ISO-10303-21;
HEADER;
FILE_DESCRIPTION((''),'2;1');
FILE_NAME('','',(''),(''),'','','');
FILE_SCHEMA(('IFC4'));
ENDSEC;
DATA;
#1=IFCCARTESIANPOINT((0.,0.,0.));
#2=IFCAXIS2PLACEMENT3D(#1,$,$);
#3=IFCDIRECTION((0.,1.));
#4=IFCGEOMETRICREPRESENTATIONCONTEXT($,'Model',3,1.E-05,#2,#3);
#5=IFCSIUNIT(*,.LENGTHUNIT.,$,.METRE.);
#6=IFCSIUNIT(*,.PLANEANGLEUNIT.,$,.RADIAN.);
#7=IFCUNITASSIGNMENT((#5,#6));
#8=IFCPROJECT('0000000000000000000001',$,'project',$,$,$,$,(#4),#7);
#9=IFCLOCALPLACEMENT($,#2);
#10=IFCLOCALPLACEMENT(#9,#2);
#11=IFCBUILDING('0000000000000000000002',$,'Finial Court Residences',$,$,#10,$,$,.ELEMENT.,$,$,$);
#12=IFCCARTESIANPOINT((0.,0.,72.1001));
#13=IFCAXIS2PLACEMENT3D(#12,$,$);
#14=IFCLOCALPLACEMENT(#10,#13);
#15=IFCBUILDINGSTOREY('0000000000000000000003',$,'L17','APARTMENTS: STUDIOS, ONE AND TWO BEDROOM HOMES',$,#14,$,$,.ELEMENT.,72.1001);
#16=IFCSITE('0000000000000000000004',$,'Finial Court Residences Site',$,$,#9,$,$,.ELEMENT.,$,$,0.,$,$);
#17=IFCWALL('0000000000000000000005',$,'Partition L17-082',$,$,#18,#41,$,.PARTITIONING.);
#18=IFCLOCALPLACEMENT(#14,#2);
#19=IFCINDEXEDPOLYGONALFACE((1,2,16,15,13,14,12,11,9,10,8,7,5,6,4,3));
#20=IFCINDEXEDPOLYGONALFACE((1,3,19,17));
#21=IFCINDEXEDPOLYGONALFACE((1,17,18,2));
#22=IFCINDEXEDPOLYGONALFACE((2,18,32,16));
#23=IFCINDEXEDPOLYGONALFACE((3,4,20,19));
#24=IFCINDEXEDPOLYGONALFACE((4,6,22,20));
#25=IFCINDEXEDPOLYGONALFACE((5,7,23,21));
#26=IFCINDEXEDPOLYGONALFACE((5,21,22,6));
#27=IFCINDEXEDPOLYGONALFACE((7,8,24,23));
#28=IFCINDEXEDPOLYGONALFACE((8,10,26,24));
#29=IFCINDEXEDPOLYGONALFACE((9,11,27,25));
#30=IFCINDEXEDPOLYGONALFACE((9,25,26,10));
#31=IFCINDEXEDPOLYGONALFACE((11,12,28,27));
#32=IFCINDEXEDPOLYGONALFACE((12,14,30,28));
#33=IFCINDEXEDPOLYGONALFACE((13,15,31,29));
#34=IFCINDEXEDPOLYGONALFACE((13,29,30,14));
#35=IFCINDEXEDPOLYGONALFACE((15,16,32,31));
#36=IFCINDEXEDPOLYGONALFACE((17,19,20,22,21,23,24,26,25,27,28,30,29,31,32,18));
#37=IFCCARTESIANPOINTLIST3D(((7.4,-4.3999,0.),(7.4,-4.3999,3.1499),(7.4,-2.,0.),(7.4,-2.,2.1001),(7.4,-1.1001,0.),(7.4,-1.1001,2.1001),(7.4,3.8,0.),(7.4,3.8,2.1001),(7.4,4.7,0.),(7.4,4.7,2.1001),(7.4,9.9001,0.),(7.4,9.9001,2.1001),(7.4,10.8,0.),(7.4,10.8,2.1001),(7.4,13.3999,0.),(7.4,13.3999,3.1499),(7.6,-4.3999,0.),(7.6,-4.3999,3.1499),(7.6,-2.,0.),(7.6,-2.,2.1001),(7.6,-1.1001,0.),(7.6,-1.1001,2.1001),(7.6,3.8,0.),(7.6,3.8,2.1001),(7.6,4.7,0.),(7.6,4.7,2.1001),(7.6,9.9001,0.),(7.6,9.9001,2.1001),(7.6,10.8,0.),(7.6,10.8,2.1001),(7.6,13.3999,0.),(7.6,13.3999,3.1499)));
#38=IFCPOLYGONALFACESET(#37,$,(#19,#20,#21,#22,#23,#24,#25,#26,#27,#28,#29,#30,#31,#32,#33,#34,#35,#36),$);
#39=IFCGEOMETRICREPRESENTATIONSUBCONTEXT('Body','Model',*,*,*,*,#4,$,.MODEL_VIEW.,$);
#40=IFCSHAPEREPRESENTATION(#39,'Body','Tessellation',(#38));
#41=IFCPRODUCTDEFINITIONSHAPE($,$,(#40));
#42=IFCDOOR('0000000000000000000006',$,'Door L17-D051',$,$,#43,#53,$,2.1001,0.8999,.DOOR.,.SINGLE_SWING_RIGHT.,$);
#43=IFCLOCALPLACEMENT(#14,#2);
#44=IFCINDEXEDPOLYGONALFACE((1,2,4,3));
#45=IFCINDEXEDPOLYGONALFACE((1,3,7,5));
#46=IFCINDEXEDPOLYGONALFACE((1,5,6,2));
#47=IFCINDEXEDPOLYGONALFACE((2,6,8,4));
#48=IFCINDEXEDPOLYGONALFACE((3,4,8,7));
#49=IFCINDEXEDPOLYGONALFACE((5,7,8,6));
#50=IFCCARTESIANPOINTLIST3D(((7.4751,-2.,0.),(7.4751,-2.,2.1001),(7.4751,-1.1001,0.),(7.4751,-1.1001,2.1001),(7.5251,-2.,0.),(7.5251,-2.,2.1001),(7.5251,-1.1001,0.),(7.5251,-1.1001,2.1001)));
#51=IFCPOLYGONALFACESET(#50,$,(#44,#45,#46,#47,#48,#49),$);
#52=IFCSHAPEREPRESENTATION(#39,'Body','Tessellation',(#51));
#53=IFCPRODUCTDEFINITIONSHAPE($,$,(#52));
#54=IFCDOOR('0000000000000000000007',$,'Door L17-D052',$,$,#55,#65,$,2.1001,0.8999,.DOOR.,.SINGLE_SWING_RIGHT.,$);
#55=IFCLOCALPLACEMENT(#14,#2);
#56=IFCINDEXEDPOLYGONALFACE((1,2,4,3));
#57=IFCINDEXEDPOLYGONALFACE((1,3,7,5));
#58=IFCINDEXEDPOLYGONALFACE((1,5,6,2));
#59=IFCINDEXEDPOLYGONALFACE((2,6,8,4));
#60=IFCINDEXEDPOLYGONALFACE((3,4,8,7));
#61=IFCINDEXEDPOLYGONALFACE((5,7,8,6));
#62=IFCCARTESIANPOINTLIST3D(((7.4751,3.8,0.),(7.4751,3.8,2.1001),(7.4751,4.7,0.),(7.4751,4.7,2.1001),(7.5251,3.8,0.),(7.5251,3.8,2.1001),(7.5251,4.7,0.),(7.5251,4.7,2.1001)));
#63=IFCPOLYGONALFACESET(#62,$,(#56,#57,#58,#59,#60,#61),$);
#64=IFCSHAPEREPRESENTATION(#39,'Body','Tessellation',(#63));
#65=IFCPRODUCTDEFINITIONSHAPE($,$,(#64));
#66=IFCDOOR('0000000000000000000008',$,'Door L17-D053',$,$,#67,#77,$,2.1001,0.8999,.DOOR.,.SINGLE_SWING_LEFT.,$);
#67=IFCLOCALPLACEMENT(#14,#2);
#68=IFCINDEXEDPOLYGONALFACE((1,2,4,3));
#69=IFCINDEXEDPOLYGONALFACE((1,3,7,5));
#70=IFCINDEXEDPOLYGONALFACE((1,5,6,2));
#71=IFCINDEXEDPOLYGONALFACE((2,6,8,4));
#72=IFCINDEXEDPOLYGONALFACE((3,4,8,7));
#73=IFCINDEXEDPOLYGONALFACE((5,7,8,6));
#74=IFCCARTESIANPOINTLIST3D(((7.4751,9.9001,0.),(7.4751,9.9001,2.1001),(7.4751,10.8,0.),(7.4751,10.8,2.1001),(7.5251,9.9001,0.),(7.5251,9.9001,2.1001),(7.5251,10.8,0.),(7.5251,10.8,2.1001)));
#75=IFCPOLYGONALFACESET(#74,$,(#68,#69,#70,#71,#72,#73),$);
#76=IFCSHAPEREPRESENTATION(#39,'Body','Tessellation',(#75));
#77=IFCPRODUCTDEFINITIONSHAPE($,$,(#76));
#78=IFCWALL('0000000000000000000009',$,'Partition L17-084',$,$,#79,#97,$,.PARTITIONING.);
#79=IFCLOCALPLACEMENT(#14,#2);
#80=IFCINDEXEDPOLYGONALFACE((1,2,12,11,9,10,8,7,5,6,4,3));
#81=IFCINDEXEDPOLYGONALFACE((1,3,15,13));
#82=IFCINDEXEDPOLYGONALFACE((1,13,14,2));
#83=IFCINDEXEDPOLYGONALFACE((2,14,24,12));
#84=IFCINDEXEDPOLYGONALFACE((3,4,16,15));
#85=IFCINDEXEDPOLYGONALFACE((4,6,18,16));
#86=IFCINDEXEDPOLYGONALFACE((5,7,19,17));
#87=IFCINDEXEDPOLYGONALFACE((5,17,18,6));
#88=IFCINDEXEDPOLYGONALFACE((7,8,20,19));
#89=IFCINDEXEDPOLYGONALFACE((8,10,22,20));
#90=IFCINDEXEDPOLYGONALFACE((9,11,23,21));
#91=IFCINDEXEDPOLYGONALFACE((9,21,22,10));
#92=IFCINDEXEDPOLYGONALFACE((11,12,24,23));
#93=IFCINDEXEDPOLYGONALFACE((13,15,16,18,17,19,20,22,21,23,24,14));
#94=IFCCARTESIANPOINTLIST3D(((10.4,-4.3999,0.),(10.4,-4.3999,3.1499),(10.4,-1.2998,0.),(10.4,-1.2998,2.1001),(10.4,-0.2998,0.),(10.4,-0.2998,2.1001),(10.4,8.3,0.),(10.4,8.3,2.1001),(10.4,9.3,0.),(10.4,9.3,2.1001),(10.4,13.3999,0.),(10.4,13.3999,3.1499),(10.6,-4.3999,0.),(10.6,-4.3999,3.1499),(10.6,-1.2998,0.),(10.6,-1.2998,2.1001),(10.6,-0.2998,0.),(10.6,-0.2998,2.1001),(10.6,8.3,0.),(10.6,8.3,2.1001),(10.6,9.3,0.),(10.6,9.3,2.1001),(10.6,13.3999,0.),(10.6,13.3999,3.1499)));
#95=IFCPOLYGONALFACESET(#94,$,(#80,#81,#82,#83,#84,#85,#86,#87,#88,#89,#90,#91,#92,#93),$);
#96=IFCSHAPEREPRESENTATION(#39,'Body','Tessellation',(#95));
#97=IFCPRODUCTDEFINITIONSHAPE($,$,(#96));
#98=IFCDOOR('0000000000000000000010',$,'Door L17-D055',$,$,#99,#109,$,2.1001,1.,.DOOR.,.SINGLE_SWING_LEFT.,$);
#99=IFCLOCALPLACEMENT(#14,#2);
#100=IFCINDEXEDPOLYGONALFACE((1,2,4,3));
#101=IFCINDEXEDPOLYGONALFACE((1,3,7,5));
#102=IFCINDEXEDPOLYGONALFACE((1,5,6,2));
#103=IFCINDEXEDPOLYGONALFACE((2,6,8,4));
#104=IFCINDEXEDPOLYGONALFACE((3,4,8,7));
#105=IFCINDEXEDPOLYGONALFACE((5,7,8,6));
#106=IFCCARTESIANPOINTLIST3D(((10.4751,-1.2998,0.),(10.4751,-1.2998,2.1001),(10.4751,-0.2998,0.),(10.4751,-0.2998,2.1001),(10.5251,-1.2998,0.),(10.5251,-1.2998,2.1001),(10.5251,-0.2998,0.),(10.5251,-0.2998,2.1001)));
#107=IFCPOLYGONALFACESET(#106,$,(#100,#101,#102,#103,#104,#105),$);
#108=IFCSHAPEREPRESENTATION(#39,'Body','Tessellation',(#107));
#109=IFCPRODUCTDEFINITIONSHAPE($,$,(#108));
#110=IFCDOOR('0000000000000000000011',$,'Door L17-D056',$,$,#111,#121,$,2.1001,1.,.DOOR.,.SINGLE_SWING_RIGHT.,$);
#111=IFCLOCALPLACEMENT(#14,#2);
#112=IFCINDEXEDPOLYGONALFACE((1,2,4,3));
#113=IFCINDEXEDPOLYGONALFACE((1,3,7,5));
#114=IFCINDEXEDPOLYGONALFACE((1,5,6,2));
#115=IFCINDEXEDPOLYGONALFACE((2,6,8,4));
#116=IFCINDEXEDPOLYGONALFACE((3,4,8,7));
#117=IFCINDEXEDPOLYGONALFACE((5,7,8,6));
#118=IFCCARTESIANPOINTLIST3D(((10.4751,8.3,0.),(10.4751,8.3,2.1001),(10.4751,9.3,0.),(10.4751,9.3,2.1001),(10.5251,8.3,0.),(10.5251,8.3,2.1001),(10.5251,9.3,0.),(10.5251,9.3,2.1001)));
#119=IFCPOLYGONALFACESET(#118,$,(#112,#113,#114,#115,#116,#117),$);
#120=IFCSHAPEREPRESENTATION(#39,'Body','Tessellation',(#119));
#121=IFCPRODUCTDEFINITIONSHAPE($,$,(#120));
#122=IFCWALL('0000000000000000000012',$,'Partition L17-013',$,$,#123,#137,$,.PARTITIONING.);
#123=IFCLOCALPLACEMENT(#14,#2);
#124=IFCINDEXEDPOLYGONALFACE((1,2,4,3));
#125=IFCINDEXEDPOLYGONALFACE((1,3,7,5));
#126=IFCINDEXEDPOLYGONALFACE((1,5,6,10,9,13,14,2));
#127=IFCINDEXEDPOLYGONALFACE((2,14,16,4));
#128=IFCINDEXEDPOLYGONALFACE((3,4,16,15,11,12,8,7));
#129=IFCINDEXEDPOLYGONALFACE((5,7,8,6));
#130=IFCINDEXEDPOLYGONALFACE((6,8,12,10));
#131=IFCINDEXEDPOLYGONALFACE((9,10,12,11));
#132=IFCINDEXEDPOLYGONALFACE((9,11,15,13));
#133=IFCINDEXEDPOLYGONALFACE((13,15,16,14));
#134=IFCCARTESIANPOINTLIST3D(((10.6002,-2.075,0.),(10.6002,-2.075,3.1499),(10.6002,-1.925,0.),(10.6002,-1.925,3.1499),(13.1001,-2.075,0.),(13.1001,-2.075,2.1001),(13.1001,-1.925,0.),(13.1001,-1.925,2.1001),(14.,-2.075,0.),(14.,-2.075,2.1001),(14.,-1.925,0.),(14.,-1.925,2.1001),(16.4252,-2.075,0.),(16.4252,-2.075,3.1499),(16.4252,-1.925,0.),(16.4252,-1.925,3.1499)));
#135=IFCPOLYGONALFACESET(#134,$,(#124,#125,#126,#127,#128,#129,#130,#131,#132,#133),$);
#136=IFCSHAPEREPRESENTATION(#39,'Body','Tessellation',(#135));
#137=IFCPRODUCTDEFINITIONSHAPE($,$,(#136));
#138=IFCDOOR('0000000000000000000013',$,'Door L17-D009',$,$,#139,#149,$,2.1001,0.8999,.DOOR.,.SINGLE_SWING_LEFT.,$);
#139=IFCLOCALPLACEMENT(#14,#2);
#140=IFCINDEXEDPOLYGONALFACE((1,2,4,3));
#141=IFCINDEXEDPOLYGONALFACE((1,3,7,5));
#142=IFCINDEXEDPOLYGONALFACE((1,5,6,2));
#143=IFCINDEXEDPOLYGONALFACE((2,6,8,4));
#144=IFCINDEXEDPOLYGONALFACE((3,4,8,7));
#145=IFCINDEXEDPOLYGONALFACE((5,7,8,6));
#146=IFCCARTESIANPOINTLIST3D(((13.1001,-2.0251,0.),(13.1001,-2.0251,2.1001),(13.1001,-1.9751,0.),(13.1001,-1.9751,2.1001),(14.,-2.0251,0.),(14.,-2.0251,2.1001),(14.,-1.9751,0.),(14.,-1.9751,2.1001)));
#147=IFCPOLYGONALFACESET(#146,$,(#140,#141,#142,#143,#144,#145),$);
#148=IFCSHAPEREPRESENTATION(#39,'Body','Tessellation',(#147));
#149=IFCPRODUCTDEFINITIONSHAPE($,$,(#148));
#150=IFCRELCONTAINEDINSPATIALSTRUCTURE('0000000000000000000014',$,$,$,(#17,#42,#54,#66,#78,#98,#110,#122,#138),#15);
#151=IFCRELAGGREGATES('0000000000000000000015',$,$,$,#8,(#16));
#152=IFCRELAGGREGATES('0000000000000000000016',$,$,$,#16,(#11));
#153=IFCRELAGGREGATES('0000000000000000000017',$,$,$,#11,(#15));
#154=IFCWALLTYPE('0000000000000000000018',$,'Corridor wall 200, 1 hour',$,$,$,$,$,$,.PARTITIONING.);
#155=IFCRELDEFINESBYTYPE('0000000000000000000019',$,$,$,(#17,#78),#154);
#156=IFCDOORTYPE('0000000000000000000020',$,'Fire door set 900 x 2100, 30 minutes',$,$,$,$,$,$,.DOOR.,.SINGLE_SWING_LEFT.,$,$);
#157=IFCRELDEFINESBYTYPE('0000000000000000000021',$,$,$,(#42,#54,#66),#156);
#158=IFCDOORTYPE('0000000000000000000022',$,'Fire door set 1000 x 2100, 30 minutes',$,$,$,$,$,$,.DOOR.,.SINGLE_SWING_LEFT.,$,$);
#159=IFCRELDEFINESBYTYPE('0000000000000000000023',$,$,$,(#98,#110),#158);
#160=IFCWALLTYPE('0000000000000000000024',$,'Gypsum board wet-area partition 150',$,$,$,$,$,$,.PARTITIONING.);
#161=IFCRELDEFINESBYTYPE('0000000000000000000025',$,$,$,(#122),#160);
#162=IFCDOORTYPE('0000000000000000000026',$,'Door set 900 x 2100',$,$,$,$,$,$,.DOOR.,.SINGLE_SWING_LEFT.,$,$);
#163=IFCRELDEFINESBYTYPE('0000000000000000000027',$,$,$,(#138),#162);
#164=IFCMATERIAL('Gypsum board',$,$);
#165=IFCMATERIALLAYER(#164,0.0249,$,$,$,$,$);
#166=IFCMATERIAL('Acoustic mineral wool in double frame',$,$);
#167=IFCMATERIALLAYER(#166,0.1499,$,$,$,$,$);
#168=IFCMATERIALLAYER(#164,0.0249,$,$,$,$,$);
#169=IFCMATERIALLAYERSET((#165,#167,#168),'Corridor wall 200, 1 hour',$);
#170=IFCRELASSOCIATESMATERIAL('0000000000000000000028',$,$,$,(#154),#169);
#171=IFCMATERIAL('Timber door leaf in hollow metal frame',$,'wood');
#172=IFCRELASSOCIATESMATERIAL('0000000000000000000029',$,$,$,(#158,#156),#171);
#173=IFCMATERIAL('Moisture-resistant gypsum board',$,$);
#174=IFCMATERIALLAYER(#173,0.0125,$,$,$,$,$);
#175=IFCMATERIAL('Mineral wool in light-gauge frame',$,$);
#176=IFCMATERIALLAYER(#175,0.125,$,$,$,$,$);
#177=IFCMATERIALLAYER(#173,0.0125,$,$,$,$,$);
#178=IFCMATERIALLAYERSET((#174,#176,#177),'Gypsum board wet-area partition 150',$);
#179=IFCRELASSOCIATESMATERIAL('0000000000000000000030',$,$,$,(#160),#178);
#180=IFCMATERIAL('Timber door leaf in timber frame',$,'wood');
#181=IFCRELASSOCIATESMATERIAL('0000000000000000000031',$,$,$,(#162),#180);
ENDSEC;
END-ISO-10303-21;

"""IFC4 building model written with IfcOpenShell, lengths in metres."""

from ifc_helpers import new_model, si_unit, direction, frame, frame_2d, origin, place, context, subcontext, project, spatial, rectangle, extrude, material, layer, layer_set, type_object, element, fill, save


model = new_model("IFC4")

# Units and contexts
model_context = context("Model", 3, precision=1e-05, world=origin(), true_north=direction((0.0, 1.0)))
body_context = subcontext(model_context, "Body", "Model", "MODEL_VIEW")
ifc_project = project(units=[si_unit("LENGTHUNIT", "METRE"), si_unit("PLANEANGLEUNIT", "RADIAN")], contexts=[model_context])

# Site, building, storey
site_placement = place(None, origin())
site = spatial("IfcSite", under=ifc_project, at=site_placement, Name="Finial Court Residences Site", CompositionType="ELEMENT", RefElevation=0.0)
building_placement = place(site_placement, origin())
building = spatial("IfcBuilding", under=site, at=building_placement, Name="Finial Court Residences", CompositionType="ELEMENT")
storey_placement = place(building_placement, frame((0.0, 0.0, 72.1001)))
storey = spatial("IfcBuildingStorey", under=building, at=storey_placement, Name="L17", Description="APARTMENTS: STUDIOS, ONE AND TWO BEDROOM HOMES", CompositionType="ELEMENT", Elevation=72.1001)

# Shared definitions
ifc_material_1 = material(Name="Gypsum board")
ifc_layer_1 = layer(ifc_material_1, 0.0249)
ifc_material_2 = material(Name="Acoustic mineral wool in double frame")
ifc_layer_2 = layer(ifc_material_2, 0.1499)
ifc_layer_3 = layer(ifc_material_1, 0.0249)
ifc_layer_set_1 = layer_set([ifc_layer_1, ifc_layer_2, ifc_layer_3], Name="Corridor wall 200, 1 hour")
wall_type_1 = type_object("IfcWallType", Name="Corridor wall 200, 1 hour", PredefinedType="PARTITIONING", material=ifc_layer_set_1)
ifc_material_3 = material(Name="Timber door leaf in hollow metal frame", Category="wood")
door_type_1 = type_object("IfcDoorType", Name="Fire door set 1000 x 2100, 30 minutes", OperationType="SINGLE_SWING_LEFT", PredefinedType="DOOR", material=ifc_material_3)

# Walls, openings, doors
wall_1_placement = place(storey_placement, frame((7.5, -4.3999, 0.0), z_axis=(0.0, 0.0, 1.0), x_axis=(0.0, 1.0, 0.0)))
wall_1 = element("IfcWall", 1, at=wall_1_placement, inside=storey, type_object=wall_type_1, Name="Partition L17-082", PredefinedType="PARTITIONING", context=body_context, shape_type="SweptSolid", body=[
    extrude(rectangle(XDim=17.7998, YDim=0.2, at=frame_2d((8.8999, 0.0))), origin(), (0.0, 0.0, 1.0), 3.1499),
])
opening_1_placement = place(wall_1_placement, frame((2.3999, 0.0, 0.0)))
opening_1 = element("IfcOpeningElement", 2, at=opening_1_placement, cuts=wall_1, PredefinedType="OPENING", context=body_context, shape_type="SweptSolid", body=[
    extrude(rectangle(XDim=0.8999, YDim=2.1001, at=frame_2d((0.45, 1.05))), frame((0.0, 0.1099, 0.0), z_axis=(0.0, -1.0, 0.0), x_axis=(1.0, 0.0, 0.0)), (0.0, 0.0, 1.0), 0.22),
])
opening_2_placement = place(wall_1_placement, frame((8.2, 0.0, 0.0)))
opening_2 = element("IfcOpeningElement", 3, at=opening_2_placement, cuts=wall_1, PredefinedType="OPENING", context=body_context, shape_type="SweptSolid", body=[
    extrude(rectangle(XDim=0.8999, YDim=2.1001, at=frame_2d((0.45, 1.05))), frame((0.0, 0.1099, 0.0), z_axis=(0.0, -1.0, 0.0), x_axis=(1.0, 0.0, 0.0)), (0.0, 0.0, 1.0), 0.22),
])
opening_3_placement = place(wall_1_placement, frame((14.3, 0.0, 0.0)))
opening_3 = element("IfcOpeningElement", 4, at=opening_3_placement, cuts=wall_1, PredefinedType="OPENING", context=body_context, shape_type="SweptSolid", body=[
    extrude(rectangle(XDim=0.8999, YDim=2.1001, at=frame_2d((0.45, 1.05))), frame((0.0, 0.1099, 0.0), z_axis=(0.0, -1.0, 0.0), x_axis=(1.0, 0.0, 0.0)), (0.0, 0.0, 1.0), 0.22),
])
door_type_2 = type_object("IfcDoorType", Name="Fire door set 900 x 2100, 30 minutes", OperationType="SINGLE_SWING_LEFT", PredefinedType="DOOR", material=ifc_material_3)
door_1_placement = place(opening_1_placement, origin())
door_1 = element("IfcDoor", 5, at=door_1_placement, inside=storey, type_object=door_type_2, Name="Door L17-D051", OperationType="SINGLE_SWING_RIGHT", OverallHeight=2.1001, OverallWidth=0.8999, PredefinedType="DOOR", context=body_context, shape_type="SweptSolid", body=[
    extrude(rectangle(XDim=0.8999, YDim=2.1001, at=frame_2d((0.45, 1.05))), frame((0.0, 0.0249, 0.0), z_axis=(0.0, -1.0, 0.0), x_axis=(1.0, 0.0, 0.0)), (0.0, 0.0, 1.0), 0.05),
])
fill(opening_1, door_1)
door_2_placement = place(opening_2_placement, origin())
door_2 = element("IfcDoor", 6, at=door_2_placement, inside=storey, type_object=door_type_2, Name="Door L17-D052", OperationType="SINGLE_SWING_RIGHT", OverallHeight=2.1001, OverallWidth=0.8999, PredefinedType="DOOR", context=body_context, shape_type="SweptSolid", body=[
    extrude(rectangle(XDim=0.8999, YDim=2.1001, at=frame_2d((0.45, 1.05))), frame((0.0, 0.0249, 0.0), z_axis=(0.0, -1.0, 0.0), x_axis=(1.0, 0.0, 0.0)), (0.0, 0.0, 1.0), 0.05),
])
fill(opening_2, door_2)
door_3_placement = place(opening_3_placement, origin())
door_3 = element("IfcDoor", 7, at=door_3_placement, inside=storey, type_object=door_type_2, Name="Door L17-D053", OperationType="SINGLE_SWING_LEFT", OverallHeight=2.1001, OverallWidth=0.8999, PredefinedType="DOOR", context=body_context, shape_type="SweptSolid", body=[
    extrude(rectangle(XDim=0.8999, YDim=2.1001, at=frame_2d((0.45, 1.05))), frame((0.0, 0.0249, 0.0), z_axis=(0.0, -1.0, 0.0), x_axis=(1.0, 0.0, 0.0)), (0.0, 0.0, 1.0), 0.05),
])
fill(opening_3, door_3)
wall_2_placement = place(storey_placement, frame((10.5, -4.3999, 0.0), z_axis=(0.0, 0.0, 1.0), x_axis=(0.0, 1.0, 0.0)))
wall_2 = element("IfcWall", 8, at=wall_2_placement, inside=storey, type_object=wall_type_1, Name="Partition L17-084", PredefinedType="PARTITIONING", context=body_context, shape_type="SweptSolid", body=[
    extrude(rectangle(XDim=17.7998, YDim=0.2, at=frame_2d((8.8999, 0.0))), origin(), (0.0, 0.0, 1.0), 3.1499),
])
opening_4_placement = place(wall_2_placement, frame((3.1001, 0.0, 0.0)))
opening_4 = element("IfcOpeningElement", 9, at=opening_4_placement, cuts=wall_2, PredefinedType="OPENING", context=body_context, shape_type="SweptSolid", body=[
    extrude(rectangle(XDim=1.0, YDim=2.1001, at=frame_2d((0.5, 1.05))), frame((0.0, 0.1099, 0.0), z_axis=(0.0, -1.0, 0.0), x_axis=(1.0, 0.0, 0.0)), (0.0, 0.0, 1.0), 0.22),
])
opening_5_placement = place(wall_2_placement, frame((12.7, 0.0, 0.0)))
opening_5 = element("IfcOpeningElement", 10, at=opening_5_placement, cuts=wall_2, PredefinedType="OPENING", context=body_context, shape_type="SweptSolid", body=[
    extrude(rectangle(XDim=1.0, YDim=2.1001, at=frame_2d((0.5, 1.05))), frame((0.0, 0.1099, 0.0), z_axis=(0.0, -1.0, 0.0), x_axis=(1.0, 0.0, 0.0)), (0.0, 0.0, 1.0), 0.22),
])
door_4_placement = place(opening_4_placement, origin())
door_4 = element("IfcDoor", 11, at=door_4_placement, inside=storey, type_object=door_type_1, Name="Door L17-D055", OperationType="SINGLE_SWING_LEFT", OverallHeight=2.1001, OverallWidth=1.0, PredefinedType="DOOR", context=body_context, shape_type="SweptSolid", body=[
    extrude(rectangle(XDim=1.0, YDim=2.1001, at=frame_2d((0.5, 1.05))), frame((0.0, 0.0249, 0.0), z_axis=(0.0, -1.0, 0.0), x_axis=(1.0, 0.0, 0.0)), (0.0, 0.0, 1.0), 0.05),
])
fill(opening_4, door_4)
door_5_placement = place(opening_5_placement, origin())
door_5 = element("IfcDoor", 12, at=door_5_placement, inside=storey, type_object=door_type_1, Name="Door L17-D056", OperationType="SINGLE_SWING_RIGHT", OverallHeight=2.1001, OverallWidth=1.0, PredefinedType="DOOR", context=body_context, shape_type="SweptSolid", body=[
    extrude(rectangle(XDim=1.0, YDim=2.1001, at=frame_2d((0.5, 1.05))), frame((0.0, 0.0249, 0.0), z_axis=(0.0, -1.0, 0.0), x_axis=(1.0, 0.0, 0.0)), (0.0, 0.0, 1.0), 0.05),
])
fill(opening_5, door_5)

# Wall, opening, door
ifc_material_4 = material(Name="Moisture-resistant gypsum board")
ifc_layer_4 = layer(ifc_material_4, 0.0125)
ifc_material_5 = material(Name="Mineral wool in light-gauge frame")
ifc_layer_5 = layer(ifc_material_5, 0.125)
ifc_layer_6 = layer(ifc_material_4, 0.0125)
ifc_layer_set_2 = layer_set([ifc_layer_4, ifc_layer_5, ifc_layer_6], Name="Gypsum board wet-area partition 150")
wall_type_2 = type_object("IfcWallType", Name="Gypsum board wet-area partition 150", PredefinedType="PARTITIONING", material=ifc_layer_set_2)
wall_3_placement = place(storey_placement, frame((10.6001, -2.0, 0.0), z_axis=(0.0, 0.0, 1.0), x_axis=(1.0, 0.0, 0.0)))
wall_3 = element("IfcWall", 13, at=wall_3_placement, inside=storey, type_object=wall_type_2, Name="Partition L17-013", PredefinedType="PARTITIONING", context=body_context, shape_type="SweptSolid", body=[
    extrude(rectangle(XDim=5.825, YDim=0.1499, at=frame_2d((2.9126, 0.0))), origin(), (0.0, 0.0, 1.0), 3.1499),
])
opening_6_placement = place(wall_3_placement, frame((2.5, 0.0, 0.0)))
opening_6 = element("IfcOpeningElement", 14, at=opening_6_placement, cuts=wall_3, PredefinedType="OPENING", context=body_context, shape_type="SweptSolid", body=[
    extrude(rectangle(XDim=0.8999, YDim=2.1001, at=frame_2d((0.45, 1.05))), frame((0.0, 0.085, 0.0), z_axis=(0.0, -1.0, 0.0), x_axis=(1.0, 0.0, 0.0)), (0.0, 0.0, 1.0), 0.1699),
])
ifc_material_6 = material(Name="Timber door leaf in timber frame", Category="wood")
door_type_3 = type_object("IfcDoorType", Name="Door set 900 x 2100", OperationType="SINGLE_SWING_LEFT", PredefinedType="DOOR", material=ifc_material_6)
door_6_placement = place(opening_6_placement, origin())
door_6 = element("IfcDoor", 15, at=door_6_placement, inside=storey, type_object=door_type_3, Name="Door L17-D009", OperationType="SINGLE_SWING_LEFT", OverallHeight=2.1001, OverallWidth=0.8999, PredefinedType="DOOR", context=body_context, shape_type="SweptSolid", body=[
    extrude(rectangle(XDim=0.8999, YDim=2.1001, at=frame_2d((0.45, 1.05))), frame((0.0, 0.0249, 0.0), z_axis=(0.0, -1.0, 0.0), x_axis=(1.0, 0.0, 0.0)), (0.0, 0.0, 1.0), 0.05),
])
fill(opening_6, door_6)

save(model, "model.ifc")
